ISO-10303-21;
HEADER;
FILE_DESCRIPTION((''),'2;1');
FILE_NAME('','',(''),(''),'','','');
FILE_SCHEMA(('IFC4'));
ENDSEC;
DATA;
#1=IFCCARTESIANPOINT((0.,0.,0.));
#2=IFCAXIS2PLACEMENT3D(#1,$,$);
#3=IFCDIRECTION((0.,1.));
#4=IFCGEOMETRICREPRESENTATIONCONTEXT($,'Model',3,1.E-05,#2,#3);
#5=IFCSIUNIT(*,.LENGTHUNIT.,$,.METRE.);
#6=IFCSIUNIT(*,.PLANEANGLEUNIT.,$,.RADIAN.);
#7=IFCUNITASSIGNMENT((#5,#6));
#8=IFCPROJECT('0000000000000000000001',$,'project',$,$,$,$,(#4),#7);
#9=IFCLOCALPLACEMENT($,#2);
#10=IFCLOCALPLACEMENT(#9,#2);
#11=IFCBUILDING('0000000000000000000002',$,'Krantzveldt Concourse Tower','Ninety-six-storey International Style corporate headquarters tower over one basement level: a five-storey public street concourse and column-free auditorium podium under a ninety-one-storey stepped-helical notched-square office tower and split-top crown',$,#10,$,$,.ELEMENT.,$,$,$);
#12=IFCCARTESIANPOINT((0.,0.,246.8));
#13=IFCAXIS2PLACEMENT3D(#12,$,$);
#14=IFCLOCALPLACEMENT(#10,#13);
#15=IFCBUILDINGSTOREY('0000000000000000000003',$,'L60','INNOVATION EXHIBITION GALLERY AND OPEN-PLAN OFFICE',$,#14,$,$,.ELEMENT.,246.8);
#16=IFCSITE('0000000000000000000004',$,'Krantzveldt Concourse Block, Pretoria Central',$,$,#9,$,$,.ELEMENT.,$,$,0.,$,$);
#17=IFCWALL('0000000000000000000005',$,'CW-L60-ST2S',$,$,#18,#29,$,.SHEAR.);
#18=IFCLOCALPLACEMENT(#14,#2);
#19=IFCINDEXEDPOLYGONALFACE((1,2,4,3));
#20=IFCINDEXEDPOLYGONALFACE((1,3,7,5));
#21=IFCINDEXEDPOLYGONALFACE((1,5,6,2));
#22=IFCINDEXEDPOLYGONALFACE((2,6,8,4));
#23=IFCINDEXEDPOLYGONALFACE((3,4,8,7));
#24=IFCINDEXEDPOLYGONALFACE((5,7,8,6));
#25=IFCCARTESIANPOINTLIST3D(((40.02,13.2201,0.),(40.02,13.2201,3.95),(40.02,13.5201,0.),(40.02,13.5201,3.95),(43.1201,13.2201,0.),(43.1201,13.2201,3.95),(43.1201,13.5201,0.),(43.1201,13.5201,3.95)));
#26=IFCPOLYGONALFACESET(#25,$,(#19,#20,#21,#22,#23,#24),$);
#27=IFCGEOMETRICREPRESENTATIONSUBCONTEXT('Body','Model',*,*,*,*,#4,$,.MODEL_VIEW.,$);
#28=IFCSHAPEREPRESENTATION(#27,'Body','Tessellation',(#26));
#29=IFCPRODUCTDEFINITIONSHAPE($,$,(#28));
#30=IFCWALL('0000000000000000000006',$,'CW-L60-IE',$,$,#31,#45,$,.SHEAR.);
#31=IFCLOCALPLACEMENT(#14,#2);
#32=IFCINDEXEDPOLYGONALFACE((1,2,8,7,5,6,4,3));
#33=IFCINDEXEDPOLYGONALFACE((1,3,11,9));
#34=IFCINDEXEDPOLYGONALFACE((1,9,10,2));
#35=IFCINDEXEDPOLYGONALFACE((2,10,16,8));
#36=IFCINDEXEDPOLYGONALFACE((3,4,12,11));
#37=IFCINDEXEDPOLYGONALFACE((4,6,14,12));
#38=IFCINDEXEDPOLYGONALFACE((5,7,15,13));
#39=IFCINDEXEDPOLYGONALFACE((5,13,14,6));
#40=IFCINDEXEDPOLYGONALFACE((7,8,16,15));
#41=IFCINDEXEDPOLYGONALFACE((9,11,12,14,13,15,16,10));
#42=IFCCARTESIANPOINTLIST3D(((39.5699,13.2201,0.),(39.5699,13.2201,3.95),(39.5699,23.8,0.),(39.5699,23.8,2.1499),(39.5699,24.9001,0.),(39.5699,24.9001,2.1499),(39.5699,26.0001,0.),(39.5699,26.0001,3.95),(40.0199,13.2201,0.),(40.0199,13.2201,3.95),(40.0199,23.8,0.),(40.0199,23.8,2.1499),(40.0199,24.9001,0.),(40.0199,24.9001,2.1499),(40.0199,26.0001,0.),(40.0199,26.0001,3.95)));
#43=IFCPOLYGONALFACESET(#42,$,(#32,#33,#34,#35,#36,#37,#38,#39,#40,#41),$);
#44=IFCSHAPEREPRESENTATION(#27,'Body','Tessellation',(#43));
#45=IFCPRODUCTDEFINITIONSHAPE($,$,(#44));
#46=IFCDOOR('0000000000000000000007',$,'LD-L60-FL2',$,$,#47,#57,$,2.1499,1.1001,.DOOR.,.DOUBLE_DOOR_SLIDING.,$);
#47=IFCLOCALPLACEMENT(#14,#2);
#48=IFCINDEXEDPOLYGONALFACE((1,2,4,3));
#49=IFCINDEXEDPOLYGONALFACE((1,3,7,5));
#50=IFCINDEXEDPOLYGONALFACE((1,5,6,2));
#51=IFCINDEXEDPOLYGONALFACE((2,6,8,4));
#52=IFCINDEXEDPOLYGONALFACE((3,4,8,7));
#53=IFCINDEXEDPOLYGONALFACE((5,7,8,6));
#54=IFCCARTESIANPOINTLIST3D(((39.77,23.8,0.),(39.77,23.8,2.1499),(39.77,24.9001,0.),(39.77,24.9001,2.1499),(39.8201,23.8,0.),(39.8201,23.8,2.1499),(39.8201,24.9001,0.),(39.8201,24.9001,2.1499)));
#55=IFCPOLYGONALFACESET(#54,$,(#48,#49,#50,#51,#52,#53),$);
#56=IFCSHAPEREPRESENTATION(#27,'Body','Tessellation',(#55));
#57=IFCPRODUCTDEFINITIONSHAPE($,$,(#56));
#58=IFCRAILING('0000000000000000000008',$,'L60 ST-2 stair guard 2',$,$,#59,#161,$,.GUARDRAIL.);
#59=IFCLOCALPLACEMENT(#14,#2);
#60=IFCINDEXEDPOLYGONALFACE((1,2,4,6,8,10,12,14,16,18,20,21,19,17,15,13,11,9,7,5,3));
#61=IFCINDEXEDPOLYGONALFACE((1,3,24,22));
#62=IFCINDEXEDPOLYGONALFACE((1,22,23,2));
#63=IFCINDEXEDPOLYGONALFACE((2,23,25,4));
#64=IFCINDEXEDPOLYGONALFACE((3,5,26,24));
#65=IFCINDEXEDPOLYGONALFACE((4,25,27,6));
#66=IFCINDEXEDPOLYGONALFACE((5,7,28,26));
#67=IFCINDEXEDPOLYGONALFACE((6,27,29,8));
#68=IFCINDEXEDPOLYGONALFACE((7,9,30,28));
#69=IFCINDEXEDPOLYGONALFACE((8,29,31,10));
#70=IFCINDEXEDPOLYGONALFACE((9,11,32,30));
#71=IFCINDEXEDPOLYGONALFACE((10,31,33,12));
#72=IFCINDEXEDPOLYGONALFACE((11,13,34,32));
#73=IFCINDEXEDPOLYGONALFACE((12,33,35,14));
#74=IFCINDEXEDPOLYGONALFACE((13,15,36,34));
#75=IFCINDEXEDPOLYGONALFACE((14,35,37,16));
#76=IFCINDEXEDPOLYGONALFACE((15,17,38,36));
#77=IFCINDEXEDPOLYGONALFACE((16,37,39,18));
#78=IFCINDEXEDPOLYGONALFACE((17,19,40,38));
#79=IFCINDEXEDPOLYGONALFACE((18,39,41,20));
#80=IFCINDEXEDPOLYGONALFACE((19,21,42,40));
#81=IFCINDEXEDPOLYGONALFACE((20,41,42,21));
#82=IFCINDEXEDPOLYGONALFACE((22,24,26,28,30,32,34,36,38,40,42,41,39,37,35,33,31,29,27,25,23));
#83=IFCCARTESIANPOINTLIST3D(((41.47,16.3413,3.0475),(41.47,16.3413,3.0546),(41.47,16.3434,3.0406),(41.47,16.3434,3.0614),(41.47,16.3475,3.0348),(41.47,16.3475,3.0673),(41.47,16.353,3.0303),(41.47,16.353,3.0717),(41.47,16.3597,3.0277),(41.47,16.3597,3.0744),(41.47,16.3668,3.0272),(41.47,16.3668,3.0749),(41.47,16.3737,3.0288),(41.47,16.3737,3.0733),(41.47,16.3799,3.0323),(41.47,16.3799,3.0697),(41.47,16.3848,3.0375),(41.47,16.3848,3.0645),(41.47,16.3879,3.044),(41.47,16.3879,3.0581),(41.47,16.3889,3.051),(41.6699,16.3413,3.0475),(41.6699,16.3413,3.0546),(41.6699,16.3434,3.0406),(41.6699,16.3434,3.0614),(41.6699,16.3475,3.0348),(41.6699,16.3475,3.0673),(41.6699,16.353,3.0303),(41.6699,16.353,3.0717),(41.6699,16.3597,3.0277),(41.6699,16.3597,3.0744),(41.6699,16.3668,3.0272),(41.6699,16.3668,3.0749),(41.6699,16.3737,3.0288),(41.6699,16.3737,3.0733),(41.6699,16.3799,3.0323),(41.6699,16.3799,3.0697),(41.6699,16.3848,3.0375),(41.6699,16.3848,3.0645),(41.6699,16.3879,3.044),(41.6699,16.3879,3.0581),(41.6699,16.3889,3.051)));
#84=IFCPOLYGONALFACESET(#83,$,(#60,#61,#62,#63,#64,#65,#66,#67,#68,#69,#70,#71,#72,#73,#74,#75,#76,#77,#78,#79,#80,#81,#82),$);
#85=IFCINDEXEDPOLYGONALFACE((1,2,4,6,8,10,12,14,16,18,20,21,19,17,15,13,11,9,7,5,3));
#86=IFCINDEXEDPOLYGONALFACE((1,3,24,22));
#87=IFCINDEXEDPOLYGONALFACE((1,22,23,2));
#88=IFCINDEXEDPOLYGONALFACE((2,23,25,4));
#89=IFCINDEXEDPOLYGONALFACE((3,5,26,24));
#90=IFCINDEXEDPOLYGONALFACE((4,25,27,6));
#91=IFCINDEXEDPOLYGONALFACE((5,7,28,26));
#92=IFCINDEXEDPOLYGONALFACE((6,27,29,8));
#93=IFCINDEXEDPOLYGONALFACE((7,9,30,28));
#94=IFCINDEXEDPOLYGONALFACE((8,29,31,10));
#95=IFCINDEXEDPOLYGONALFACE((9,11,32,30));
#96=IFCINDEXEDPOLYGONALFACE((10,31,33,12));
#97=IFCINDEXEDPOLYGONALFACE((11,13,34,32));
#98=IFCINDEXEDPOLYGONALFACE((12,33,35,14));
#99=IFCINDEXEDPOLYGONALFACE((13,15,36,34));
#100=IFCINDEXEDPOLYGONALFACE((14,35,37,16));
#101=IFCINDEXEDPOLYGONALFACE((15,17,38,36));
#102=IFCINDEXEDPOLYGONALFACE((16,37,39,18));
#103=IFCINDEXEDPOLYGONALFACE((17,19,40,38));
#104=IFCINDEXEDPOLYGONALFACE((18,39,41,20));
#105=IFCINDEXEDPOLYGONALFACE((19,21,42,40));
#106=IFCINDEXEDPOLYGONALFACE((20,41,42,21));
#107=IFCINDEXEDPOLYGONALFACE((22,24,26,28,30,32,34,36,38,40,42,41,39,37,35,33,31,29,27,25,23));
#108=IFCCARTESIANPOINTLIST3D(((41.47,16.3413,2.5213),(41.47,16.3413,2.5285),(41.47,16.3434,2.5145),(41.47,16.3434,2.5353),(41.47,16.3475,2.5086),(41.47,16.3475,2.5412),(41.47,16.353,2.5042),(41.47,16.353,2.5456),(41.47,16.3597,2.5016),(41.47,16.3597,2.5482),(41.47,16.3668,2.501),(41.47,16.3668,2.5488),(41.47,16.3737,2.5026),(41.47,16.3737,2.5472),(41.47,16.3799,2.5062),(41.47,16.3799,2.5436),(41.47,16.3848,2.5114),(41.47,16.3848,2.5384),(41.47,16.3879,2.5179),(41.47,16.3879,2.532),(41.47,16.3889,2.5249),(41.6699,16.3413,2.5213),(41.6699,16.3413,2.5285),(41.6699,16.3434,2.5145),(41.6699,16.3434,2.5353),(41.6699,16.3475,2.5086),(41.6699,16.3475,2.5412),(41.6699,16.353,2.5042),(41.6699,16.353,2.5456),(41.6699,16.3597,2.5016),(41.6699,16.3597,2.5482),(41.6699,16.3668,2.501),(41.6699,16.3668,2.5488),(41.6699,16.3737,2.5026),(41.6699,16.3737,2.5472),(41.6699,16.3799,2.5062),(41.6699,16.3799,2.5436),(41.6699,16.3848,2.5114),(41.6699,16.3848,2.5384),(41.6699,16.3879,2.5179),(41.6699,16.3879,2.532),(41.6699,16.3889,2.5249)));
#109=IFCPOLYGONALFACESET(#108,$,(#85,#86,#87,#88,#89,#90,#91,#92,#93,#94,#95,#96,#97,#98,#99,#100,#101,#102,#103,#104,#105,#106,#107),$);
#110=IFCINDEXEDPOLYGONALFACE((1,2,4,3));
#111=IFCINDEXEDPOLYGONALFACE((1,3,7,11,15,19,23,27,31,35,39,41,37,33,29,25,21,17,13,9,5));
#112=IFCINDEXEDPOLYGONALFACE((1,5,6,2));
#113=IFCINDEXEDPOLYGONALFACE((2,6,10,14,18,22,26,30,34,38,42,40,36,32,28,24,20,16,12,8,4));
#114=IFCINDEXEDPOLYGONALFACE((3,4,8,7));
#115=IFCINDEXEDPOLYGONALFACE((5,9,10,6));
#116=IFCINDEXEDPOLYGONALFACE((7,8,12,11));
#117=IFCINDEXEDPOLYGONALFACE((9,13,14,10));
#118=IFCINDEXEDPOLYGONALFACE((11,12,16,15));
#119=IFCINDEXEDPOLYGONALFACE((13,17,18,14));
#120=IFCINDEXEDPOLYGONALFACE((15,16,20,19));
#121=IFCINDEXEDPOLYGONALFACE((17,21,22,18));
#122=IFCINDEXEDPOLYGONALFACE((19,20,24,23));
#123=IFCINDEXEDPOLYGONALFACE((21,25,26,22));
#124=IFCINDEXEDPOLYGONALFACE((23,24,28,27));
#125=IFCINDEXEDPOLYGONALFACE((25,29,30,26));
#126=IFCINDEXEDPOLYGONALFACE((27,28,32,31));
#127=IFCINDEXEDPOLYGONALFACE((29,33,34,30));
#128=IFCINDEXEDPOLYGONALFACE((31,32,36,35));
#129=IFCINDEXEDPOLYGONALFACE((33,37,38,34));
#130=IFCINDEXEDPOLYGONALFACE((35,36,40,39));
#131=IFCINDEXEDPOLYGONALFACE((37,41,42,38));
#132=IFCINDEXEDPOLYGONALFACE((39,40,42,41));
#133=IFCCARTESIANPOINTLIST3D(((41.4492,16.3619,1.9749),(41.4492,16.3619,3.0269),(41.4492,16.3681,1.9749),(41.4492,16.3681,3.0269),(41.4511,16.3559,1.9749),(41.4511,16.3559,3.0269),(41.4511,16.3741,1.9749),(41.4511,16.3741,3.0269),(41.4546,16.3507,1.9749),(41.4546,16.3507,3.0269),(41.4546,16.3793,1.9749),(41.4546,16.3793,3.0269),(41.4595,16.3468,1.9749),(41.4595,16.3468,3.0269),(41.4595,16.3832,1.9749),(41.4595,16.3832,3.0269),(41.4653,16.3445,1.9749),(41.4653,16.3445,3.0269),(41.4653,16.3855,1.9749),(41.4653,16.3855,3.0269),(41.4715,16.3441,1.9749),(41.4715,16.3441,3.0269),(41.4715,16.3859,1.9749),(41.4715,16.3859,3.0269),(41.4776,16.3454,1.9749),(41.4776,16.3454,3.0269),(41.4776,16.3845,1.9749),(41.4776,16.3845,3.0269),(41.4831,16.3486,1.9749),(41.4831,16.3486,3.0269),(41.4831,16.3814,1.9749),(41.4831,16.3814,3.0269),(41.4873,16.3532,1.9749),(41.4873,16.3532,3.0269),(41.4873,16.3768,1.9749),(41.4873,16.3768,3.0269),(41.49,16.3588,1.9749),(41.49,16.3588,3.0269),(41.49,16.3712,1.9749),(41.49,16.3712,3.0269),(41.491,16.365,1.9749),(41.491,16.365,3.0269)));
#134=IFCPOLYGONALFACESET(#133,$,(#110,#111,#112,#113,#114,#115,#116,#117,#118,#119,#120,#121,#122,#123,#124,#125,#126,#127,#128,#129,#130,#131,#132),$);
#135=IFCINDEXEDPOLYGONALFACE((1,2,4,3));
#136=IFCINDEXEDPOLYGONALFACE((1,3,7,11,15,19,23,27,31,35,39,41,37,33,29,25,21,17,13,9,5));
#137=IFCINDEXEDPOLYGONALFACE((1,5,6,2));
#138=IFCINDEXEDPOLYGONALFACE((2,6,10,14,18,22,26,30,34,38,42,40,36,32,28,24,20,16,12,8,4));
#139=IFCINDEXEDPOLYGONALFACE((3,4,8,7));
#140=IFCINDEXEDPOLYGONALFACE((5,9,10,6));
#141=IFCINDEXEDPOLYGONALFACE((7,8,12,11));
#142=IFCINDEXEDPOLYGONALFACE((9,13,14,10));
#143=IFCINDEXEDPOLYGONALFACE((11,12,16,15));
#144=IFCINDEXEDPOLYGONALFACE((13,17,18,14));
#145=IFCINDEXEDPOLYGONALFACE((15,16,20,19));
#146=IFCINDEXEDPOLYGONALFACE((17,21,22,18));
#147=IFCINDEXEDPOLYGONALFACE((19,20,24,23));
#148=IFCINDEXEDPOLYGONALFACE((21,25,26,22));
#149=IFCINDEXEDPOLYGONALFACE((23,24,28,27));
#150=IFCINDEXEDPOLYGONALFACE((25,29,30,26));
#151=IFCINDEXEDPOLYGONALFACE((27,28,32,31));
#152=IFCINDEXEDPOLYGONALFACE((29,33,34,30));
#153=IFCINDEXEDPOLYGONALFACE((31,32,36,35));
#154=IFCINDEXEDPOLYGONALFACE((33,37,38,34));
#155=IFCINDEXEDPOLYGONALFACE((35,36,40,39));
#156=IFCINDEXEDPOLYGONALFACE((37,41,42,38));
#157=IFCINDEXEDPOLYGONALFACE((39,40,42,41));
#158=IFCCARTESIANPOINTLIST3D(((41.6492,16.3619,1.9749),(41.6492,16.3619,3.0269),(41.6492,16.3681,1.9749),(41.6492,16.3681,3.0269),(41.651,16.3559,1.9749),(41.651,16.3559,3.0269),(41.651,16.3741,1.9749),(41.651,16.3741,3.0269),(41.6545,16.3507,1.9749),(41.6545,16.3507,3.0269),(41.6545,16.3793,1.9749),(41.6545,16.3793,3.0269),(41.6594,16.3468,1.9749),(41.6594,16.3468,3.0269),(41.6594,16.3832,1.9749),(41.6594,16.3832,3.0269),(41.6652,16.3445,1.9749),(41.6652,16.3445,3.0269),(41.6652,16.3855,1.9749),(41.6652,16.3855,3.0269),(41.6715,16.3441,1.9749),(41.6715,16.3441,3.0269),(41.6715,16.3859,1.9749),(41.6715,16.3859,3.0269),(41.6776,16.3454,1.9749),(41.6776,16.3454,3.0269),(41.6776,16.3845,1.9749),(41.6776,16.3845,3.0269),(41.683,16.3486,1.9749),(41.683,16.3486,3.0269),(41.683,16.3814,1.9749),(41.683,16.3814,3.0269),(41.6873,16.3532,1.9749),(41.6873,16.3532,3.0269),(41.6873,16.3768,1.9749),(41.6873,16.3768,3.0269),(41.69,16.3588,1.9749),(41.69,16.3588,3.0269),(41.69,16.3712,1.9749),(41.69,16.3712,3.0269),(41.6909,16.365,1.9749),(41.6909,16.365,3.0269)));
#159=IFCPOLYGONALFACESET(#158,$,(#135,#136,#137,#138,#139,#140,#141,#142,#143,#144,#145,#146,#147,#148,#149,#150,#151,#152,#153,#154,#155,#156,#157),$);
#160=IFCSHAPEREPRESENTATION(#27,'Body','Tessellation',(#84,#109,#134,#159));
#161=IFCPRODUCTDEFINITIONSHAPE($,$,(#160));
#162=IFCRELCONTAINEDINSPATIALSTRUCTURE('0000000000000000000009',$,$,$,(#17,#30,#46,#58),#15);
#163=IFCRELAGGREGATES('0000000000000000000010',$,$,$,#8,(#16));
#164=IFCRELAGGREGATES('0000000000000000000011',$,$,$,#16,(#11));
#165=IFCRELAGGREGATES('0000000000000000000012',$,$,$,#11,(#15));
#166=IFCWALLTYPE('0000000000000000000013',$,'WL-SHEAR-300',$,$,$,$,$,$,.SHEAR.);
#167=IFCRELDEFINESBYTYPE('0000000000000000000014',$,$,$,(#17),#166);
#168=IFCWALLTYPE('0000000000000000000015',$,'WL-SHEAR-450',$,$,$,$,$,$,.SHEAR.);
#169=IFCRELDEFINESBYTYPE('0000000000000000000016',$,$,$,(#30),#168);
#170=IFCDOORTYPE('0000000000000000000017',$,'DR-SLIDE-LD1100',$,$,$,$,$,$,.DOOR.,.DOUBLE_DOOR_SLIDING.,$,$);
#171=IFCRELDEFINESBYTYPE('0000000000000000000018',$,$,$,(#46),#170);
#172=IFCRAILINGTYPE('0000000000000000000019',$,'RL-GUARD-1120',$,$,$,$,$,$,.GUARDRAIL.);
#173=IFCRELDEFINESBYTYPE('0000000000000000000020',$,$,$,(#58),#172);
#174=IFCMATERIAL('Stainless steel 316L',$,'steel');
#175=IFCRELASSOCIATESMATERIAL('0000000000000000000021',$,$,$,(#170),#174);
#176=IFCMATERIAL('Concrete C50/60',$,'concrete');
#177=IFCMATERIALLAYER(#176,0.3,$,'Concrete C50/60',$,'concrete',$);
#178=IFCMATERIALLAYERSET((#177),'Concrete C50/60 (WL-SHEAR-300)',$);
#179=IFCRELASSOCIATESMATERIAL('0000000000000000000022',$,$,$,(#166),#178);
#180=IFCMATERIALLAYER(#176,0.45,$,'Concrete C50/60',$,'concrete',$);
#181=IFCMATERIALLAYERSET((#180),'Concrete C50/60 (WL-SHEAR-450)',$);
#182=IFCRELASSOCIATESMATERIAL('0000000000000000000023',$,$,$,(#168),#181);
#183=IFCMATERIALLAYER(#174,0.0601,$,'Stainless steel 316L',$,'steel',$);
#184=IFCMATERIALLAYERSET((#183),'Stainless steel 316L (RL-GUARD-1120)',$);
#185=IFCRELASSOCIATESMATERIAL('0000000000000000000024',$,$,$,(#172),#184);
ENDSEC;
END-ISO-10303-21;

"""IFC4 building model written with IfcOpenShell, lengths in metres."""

from ifc_helpers import new_model, si_unit, direction, frame, frame_2d, origin, origin_2d, place, context, subcontext, project, spatial, rectangle, circle, extrude, material, layer, layer_set, type_object, element, fill, save


model = new_model("IFC4")

# Units and contexts
model_context = context("Model", 3, precision=1e-05, world=origin(), true_north=direction((0.0, 1.0)))
body_context = subcontext(model_context, "Body", "Model", "MODEL_VIEW")
ifc_project = project(units=[si_unit("LENGTHUNIT", "METRE"), si_unit("PLANEANGLEUNIT", "RADIAN")], contexts=[model_context])

# Site, building, storey
site_placement = place(None, origin())
site = spatial("IfcSite", under=ifc_project, at=site_placement, Name="Krantzveldt Concourse Block, Pretoria Central", CompositionType="ELEMENT", RefElevation=0.0)
building_placement = place(site_placement, origin())
building = spatial("IfcBuilding", under=site, at=building_placement, Name="Krantzveldt Concourse Tower", Description="Ninety-six-storey International Style corporate headquarters tower over one basement level: a five-storey public street concourse and column-free auditorium podium under a ninety-one-storey stepped-helical notched-square office tower and split-top crown", CompositionType="ELEMENT")
storey_placement = place(building_placement, frame((0.0, 0.0, 246.8)))
storey = spatial("IfcBuildingStorey", under=building, at=storey_placement, Name="L60", Description="INNOVATION EXHIBITION GALLERY AND OPEN-PLAN OFFICE", CompositionType="ELEMENT", Elevation=246.8)

# Shared definitions
ifc_material_1 = material(Name="Stainless steel 316L", Category="steel")
door_type_1 = type_object("IfcDoorType", Name="DR-SLIDE-LD1100", OperationType="DOUBLE_DOOR_SLIDING", PredefinedType="DOOR", material=ifc_material_1)

# Wall
ifc_material_2 = material(Name="Concrete C50/60", Category="concrete")
ifc_layer_1 = layer(ifc_material_2, 0.3, Name="Concrete C50/60", Category="concrete")
ifc_layer_set_1 = layer_set([ifc_layer_1], Name="Concrete C50/60 (WL-SHEAR-300)")
wall_type_1 = type_object("IfcWallType", Name="WL-SHEAR-300", PredefinedType="SHEAR", material=ifc_layer_set_1)
wall_1_placement = place(storey_placement, frame((40.02, 13.3701, 0.0), z_axis=(0.0, 0.0, 1.0), x_axis=(1.0, 0.0, 0.0)))
element("IfcWall", 1, at=wall_1_placement, inside=storey, type_object=wall_type_1, Name="CW-L60-ST2S", PredefinedType="SHEAR", context=body_context, shape_type="SweptSolid", body=[
    extrude(rectangle(XDim=3.1001, YDim=0.3, at=frame_2d((1.55, 0.0))), origin(), (0.0, 0.0, 1.0), 3.95),
])

# Wall, opening, door
ifc_layer_2 = layer(ifc_material_2, 0.45, Name="Concrete C50/60", Category="concrete")
ifc_layer_set_2 = layer_set([ifc_layer_2], Name="Concrete C50/60 (WL-SHEAR-450)")
wall_type_2 = type_object("IfcWallType", Name="WL-SHEAR-450", PredefinedType="SHEAR", material=ifc_layer_set_2)
wall_2_placement = place(storey_placement, frame((39.7949, 13.22, 0.0), z_axis=(0.0, 0.0, 1.0), x_axis=(0.0, 1.0, 0.0)))
wall_2 = element("IfcWall", 2, at=wall_2_placement, inside=storey, type_object=wall_type_2, Name="CW-L60-IE", PredefinedType="SHEAR", context=body_context, shape_type="SweptSolid", body=[
    extrude(rectangle(XDim=12.78, YDim=0.45, at=frame_2d((6.3901, 0.0))), origin(), (0.0, 0.0, 1.0), 3.95),
])
opening_1_placement = place(wall_2_placement, frame((10.5801, 0.0, 0.0)))
opening_1 = element("IfcOpeningElement", 3, at=opening_1_placement, cuts=wall_2, PredefinedType="OPENING", context=body_context, shape_type="SweptSolid", body=[
    extrude(rectangle(XDim=1.1001, YDim=2.1499, at=frame_2d((0.55, 1.075))), frame((0.0, 0.2349, 0.0), z_axis=(0.0, -1.0, 0.0), x_axis=(1.0, 0.0, 0.0)), (0.0, 0.0, 1.0), 0.47),
])
door_1_placement = place(opening_1_placement, origin())
door_1 = element("IfcDoor", 4, at=door_1_placement, inside=storey, type_object=door_type_1, Name="LD-L60-FL2", OperationType="DOUBLE_DOOR_SLIDING", OverallHeight=2.1499, OverallWidth=1.1001, PredefinedType="DOOR", context=body_context, shape_type="SweptSolid", body=[
    extrude(rectangle(XDim=1.1001, YDim=2.1499, at=frame_2d((0.55, 1.075))), frame((0.0, 0.0249, 0.0), z_axis=(0.0, -1.0, 0.0), x_axis=(1.0, 0.0, 0.0)), (0.0, 0.0, 1.0), 0.05),
])
fill(opening_1, door_1)

# Railing
ifc_layer_3 = layer(ifc_material_1, 0.0601, Name="Stainless steel 316L", Category="steel")
ifc_layer_set_3 = layer_set([ifc_layer_3], Name="Stainless steel 316L (RL-GUARD-1120)")
railing_type = type_object("IfcRailingType", Name="RL-GUARD-1120", PredefinedType="GUARDRAIL", material=ifc_layer_set_3)
railing_placement = place(storey_placement, frame((41.47, 16.365, 1.9749)))
element("IfcRailing", 5, at=railing_placement, inside=storey, type_object=railing_type, Name="L60 ST-2 stair guard 2", PredefinedType="GUARDRAIL", context=body_context, shape_type="SweptSolid", body=[
    extrude(circle(Radius=0.0239, at=origin_2d()), frame((0.0, 0.0, 1.0762), z_axis=(1.0, 0.0, 0.0), x_axis=(0.0, 1.0, 0.0)), (0.0, 0.0, 1.0), 0.2),
    extrude(circle(Radius=0.0239, at=origin_2d()), frame((0.0, 0.0, 0.55), z_axis=(1.0, 0.0, 0.0), x_axis=(0.0, 1.0, 0.0)), (0.0, 0.0, 1.0), 0.2),
    extrude(circle(Radius=0.021, at=origin_2d()), origin(), (0.0, 0.0, 1.0), 1.052),
    extrude(circle(Radius=0.021, at=origin_2d()), frame((0.2, 0.0, 0.0)), (0.0, 0.0, 1.0), 1.052),
])

save(model, "model.ifc")
